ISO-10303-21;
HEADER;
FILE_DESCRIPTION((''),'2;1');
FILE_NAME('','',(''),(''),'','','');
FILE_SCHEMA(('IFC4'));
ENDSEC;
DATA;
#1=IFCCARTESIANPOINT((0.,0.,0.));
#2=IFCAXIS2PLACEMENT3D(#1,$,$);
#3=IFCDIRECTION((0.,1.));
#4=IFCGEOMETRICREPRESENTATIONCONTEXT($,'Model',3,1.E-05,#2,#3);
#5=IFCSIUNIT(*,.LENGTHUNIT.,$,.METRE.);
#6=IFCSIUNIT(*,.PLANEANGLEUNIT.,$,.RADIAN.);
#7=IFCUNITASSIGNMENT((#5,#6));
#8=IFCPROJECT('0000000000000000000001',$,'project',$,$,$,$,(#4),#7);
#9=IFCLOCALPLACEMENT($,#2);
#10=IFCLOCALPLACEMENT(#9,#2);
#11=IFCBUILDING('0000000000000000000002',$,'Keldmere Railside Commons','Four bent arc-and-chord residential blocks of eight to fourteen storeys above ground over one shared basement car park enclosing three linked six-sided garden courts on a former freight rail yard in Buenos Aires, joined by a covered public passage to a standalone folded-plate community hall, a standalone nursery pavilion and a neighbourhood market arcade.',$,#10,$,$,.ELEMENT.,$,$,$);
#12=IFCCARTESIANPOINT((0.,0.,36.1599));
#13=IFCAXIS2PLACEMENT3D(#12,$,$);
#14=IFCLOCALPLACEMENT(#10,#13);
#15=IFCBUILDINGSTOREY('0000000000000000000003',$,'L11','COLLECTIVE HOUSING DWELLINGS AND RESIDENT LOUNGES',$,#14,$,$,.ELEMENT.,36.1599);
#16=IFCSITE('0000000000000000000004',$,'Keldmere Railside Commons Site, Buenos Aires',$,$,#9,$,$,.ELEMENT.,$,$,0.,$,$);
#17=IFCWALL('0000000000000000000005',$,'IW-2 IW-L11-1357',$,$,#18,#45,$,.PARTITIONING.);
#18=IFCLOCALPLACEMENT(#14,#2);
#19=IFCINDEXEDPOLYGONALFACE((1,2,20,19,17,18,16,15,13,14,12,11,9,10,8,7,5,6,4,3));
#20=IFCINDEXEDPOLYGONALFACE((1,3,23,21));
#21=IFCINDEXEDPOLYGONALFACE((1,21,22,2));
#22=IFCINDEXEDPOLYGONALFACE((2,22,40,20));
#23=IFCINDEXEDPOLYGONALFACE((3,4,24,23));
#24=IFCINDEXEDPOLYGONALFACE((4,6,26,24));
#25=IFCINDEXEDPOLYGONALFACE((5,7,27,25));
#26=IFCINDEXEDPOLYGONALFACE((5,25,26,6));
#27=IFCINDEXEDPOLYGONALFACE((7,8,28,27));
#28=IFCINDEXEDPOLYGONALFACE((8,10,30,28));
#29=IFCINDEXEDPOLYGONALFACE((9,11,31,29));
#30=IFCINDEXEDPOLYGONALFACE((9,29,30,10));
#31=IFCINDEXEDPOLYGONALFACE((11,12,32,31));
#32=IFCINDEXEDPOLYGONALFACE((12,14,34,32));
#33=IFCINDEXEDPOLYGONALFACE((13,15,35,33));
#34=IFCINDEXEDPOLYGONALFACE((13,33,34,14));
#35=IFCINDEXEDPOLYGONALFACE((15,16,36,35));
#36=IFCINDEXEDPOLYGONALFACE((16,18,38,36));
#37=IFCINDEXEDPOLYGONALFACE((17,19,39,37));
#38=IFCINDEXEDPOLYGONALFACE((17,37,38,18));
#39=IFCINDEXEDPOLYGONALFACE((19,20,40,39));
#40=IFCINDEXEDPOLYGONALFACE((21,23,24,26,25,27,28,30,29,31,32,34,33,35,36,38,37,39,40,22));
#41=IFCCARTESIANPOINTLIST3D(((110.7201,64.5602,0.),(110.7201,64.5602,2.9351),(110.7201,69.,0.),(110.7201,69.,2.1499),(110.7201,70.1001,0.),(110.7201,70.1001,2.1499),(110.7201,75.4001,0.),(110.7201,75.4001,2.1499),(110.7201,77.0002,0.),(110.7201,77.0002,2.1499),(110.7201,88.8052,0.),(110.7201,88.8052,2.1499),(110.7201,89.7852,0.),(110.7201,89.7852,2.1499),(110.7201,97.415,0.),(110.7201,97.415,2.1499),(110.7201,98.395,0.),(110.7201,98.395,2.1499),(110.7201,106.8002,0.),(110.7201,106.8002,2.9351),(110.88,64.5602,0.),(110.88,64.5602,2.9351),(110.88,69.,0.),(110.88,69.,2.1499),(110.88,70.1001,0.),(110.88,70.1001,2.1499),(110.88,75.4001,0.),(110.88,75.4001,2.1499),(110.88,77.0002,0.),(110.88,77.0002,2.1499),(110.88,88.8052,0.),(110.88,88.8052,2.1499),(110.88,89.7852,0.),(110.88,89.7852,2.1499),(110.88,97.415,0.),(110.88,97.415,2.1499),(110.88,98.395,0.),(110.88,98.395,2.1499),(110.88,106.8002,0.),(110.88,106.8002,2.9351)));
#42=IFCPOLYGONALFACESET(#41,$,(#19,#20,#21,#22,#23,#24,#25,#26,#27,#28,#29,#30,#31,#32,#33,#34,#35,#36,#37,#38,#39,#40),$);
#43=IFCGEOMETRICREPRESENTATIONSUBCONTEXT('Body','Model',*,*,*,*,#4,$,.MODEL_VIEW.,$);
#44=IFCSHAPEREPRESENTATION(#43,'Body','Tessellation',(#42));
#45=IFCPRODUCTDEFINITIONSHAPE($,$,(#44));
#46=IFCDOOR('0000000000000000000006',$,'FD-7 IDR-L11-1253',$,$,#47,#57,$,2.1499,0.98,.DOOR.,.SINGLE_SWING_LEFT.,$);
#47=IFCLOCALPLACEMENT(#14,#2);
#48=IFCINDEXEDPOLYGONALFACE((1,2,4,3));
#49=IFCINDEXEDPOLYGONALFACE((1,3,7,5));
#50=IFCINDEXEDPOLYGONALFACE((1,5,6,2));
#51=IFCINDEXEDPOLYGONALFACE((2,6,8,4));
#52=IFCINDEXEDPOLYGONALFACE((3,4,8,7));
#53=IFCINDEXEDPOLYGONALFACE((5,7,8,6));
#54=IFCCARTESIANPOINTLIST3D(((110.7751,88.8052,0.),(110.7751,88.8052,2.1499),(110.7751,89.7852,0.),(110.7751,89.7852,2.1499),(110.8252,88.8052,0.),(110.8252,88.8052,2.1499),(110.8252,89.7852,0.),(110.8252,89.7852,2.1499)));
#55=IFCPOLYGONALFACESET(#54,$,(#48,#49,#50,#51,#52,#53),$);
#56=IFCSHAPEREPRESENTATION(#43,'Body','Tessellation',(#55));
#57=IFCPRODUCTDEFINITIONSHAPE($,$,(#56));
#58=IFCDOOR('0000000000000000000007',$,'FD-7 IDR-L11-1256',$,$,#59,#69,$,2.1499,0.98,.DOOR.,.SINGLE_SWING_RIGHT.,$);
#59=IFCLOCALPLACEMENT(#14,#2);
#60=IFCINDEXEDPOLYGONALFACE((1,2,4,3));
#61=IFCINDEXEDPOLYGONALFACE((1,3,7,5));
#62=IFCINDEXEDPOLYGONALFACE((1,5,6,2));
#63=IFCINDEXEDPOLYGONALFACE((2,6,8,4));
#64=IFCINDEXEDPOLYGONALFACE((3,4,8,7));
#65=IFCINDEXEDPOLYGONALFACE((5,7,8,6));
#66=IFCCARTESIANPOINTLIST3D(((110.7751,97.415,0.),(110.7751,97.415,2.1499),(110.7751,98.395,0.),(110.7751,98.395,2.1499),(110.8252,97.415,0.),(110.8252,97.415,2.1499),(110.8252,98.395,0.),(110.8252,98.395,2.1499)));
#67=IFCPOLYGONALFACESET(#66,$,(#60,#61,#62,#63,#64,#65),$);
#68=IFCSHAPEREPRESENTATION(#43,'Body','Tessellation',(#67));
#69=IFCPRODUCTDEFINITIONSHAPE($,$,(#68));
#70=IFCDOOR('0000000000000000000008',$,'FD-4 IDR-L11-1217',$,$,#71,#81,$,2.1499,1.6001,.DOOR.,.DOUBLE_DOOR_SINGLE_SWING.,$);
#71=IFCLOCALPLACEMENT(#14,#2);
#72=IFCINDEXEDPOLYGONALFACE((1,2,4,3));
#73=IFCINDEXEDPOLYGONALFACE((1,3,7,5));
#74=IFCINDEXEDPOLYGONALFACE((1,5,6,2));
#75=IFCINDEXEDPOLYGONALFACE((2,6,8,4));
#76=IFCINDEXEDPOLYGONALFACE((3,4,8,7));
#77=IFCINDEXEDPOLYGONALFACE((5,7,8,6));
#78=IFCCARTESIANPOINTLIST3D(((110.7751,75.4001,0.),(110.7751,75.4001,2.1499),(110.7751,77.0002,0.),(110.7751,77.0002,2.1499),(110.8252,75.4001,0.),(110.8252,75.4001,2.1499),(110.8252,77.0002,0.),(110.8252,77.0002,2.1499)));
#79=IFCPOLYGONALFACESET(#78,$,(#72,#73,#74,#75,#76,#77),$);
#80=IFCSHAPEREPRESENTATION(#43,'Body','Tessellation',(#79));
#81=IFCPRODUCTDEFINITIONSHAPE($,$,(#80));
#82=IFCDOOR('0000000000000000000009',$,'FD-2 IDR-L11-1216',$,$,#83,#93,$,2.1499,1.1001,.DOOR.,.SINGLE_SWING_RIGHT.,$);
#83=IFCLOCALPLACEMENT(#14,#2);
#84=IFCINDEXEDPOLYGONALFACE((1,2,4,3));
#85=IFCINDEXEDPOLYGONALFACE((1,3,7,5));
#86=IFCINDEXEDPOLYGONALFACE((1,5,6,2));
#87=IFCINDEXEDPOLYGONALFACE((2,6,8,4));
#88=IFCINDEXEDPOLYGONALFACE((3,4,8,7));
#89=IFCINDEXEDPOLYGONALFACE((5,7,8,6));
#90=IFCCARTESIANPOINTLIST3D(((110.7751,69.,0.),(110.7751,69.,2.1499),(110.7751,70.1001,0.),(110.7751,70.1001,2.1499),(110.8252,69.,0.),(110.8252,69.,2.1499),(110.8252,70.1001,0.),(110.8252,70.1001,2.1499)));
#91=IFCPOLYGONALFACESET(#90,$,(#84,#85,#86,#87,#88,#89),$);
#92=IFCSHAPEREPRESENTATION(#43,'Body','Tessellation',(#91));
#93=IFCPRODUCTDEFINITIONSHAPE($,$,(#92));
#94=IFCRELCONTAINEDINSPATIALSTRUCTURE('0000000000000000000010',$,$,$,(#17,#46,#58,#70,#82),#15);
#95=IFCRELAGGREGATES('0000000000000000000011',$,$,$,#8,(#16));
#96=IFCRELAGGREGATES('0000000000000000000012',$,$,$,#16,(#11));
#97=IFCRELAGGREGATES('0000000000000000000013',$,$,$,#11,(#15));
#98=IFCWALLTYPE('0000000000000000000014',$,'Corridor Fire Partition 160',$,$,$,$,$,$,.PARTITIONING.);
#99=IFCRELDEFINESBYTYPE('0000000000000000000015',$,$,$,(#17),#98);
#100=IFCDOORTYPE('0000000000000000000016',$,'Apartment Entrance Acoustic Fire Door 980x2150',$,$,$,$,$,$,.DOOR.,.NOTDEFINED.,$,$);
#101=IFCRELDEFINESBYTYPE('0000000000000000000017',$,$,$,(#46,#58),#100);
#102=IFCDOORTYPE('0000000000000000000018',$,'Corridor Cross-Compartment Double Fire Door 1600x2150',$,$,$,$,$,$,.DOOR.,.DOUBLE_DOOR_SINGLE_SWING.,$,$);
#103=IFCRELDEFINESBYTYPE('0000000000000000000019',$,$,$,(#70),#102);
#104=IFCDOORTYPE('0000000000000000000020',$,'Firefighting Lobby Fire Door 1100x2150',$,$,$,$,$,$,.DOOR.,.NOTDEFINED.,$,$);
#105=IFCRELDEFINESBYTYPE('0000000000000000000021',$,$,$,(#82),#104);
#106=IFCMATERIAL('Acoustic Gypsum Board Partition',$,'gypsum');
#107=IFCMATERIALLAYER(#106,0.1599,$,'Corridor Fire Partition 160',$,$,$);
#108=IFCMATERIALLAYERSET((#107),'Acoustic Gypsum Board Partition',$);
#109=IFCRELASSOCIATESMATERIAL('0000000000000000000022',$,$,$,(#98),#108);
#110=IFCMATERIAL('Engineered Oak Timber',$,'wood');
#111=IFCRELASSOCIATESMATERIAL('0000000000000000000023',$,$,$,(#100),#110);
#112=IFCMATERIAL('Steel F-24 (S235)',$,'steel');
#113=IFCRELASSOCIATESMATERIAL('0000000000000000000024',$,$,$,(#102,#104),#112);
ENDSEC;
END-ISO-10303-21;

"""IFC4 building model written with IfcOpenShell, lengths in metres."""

from ifc_helpers import new_model, si_unit, direction, frame, frame_2d, origin, place, context, subcontext, project, spatial, rectangle, extrude, material, layer, layer_set, type_object, element, fill, save


model = new_model("IFC4")

# Units and contexts
model_context = context("Model", 3, precision=1e-05, world=origin(), true_north=direction((0.0, 1.0)))
body_context = subcontext(model_context, "Body", "Model", "MODEL_VIEW")
ifc_project = project(units=[si_unit("LENGTHUNIT", "METRE"), si_unit("PLANEANGLEUNIT", "RADIAN")], contexts=[model_context])

# Site, building, storey
site_placement = place(None, origin())
site = spatial("IfcSite", under=ifc_project, at=site_placement, Name="Keldmere Railside Commons Site, Buenos Aires", CompositionType="ELEMENT", RefElevation=0.0)
building_placement = place(site_placement, origin())
building = spatial("IfcBuilding", under=site, at=building_placement, Name="Keldmere Railside Commons", Description="Four bent arc-and-chord residential blocks of eight to fourteen storeys above ground over one shared basement car park enclosing three linked six-sided garden courts on a former freight rail yard in Buenos Aires, joined by a covered public passage to a standalone folded-plate community hall, a standalone nursery pavilion and a neighbourhood market arcade.", CompositionType="ELEMENT")
storey_placement = place(building_placement, frame((0.0, 0.0, 36.1599)))
storey = spatial("IfcBuildingStorey", under=building, at=storey_placement, Name="L11", Description="COLLECTIVE HOUSING DWELLINGS AND RESIDENT LOUNGES", CompositionType="ELEMENT", Elevation=36.1599)

# Wall, openings, doors
ifc_material_1 = material(Name="Acoustic Gypsum Board Partition", Category="gypsum")
ifc_material_2 = material(Name="Engineered Oak Timber", Category="wood")
ifc_layer_1 = layer(ifc_material_1, 0.1599, Name="Corridor Fire Partition 160")
ifc_layer_set_1 = layer_set([ifc_layer_1], Name="Acoustic Gypsum Board Partition")
wall_type_1 = type_object("IfcWallType", Name="Corridor Fire Partition 160", PredefinedType="PARTITIONING", material=ifc_layer_set_1)
wall_1_placement = place(storey_placement, frame((110.8, 64.5601, 0.0), z_axis=(0.0, 0.0, 1.0), x_axis=(0.0, 1.0, 0.0)))
wall_1 = element("IfcWall", 1, at=wall_1_placement, inside=storey, type_object=wall_type_1, Name="IW-2 IW-L11-1357", PredefinedType="PARTITIONING", context=body_context, shape_type="SweptSolid", body=[
    extrude(rectangle(XDim=42.24, YDim=0.1599, at=frame_2d((21.1201, 0.0))), origin(), (0.0, 0.0, 1.0), 2.9351),
])
opening_1_placement = place(wall_1_placement, frame((4.4399, 0.0, 0.0)))
opening_1 = element("IfcOpeningElement", 2, at=opening_1_placement, cuts=wall_1, PredefinedType="OPENING", context=body_context, shape_type="SweptSolid", body=[
    extrude(rectangle(XDim=1.1001, YDim=2.1499, at=frame_2d((0.55, 1.075))), frame((0.0, 0.0898, 0.0), z_axis=(0.0, -1.0, 0.0), x_axis=(1.0, 0.0, 0.0)), (0.0, 0.0, 1.0), 0.1799),
])
opening_2_placement = place(wall_1_placement, frame((10.8401, 0.0, 0.0)))
opening_2 = element("IfcOpeningElement", 3, at=opening_2_placement, cuts=wall_1, PredefinedType="OPENING", context=body_context, shape_type="SweptSolid", body=[
    extrude(rectangle(XDim=1.6001, YDim=2.1499, at=frame_2d((0.8, 1.075))), frame((0.0, 0.0898, 0.0), z_axis=(0.0, -1.0, 0.0), x_axis=(1.0, 0.0, 0.0)), (0.0, 0.0, 1.0), 0.1799),
])
opening_3_placement = place(wall_1_placement, frame((24.2451, 0.0, 0.0)))
opening_3 = element("IfcOpeningElement", 4, at=opening_3_placement, cuts=wall_1, PredefinedType="OPENING", context=body_context, shape_type="SweptSolid", body=[
    extrude(rectangle(XDim=0.98, YDim=2.1499, at=frame_2d((0.49, 1.075))), frame((0.0, 0.0898, 0.0), z_axis=(0.0, -1.0, 0.0), x_axis=(1.0, 0.0, 0.0)), (0.0, 0.0, 1.0), 0.1799),
])
opening_4_placement = place(wall_1_placement, frame((32.855, 0.0, 0.0)))
opening_4 = element("IfcOpeningElement", 5, at=opening_4_placement, cuts=wall_1, PredefinedType="OPENING", context=body_context, shape_type="SweptSolid", body=[
    extrude(rectangle(XDim=0.98, YDim=2.1499, at=frame_2d((0.49, 1.075))), frame((0.0, 0.0898, 0.0), z_axis=(0.0, -1.0, 0.0), x_axis=(1.0, 0.0, 0.0)), (0.0, 0.0, 1.0), 0.1799),
])
door_type_1 = type_object("IfcDoorType", Name="Apartment Entrance Acoustic Fire Door 980x2150", OperationType="NOTDEFINED", PredefinedType="DOOR", material=ifc_material_2)
door_1_placement = place(opening_3_placement, origin())
door_1 = element("IfcDoor", 6, at=door_1_placement, inside=storey, type_object=door_type_1, Name="FD-7 IDR-L11-1253", OperationType="SINGLE_SWING_LEFT", OverallHeight=2.1499, OverallWidth=0.98, PredefinedType="DOOR", context=body_context, shape_type="SweptSolid", body=[
    extrude(rectangle(XDim=0.98, YDim=2.1499, at=frame_2d((0.49, 1.075))), frame((0.0, 0.0249, 0.0), z_axis=(0.0, -1.0, 0.0), x_axis=(1.0, 0.0, 0.0)), (0.0, 0.0, 1.0), 0.05),
])
fill(opening_3, door_1)
door_2_placement = place(opening_4_placement, origin())
door_2 = element("IfcDoor", 7, at=door_2_placement, inside=storey, type_object=door_type_1, Name="FD-7 IDR-L11-1256", OperationType="SINGLE_SWING_RIGHT", OverallHeight=2.1499, OverallWidth=0.98, PredefinedType="DOOR", context=body_context, shape_type="SweptSolid", body=[
    extrude(rectangle(XDim=0.98, YDim=2.1499, at=frame_2d((0.49, 1.075))), frame((0.0, 0.0249, 0.0), z_axis=(0.0, -1.0, 0.0), x_axis=(1.0, 0.0, 0.0)), (0.0, 0.0, 1.0), 0.05),
])
fill(opening_4, door_2)
ifc_material_3 = material(Name="Steel F-24 (S235)", Category="steel")
door_type_2 = type_object("IfcDoorType", Name="Corridor Cross-Compartment Double Fire Door 1600x2150", OperationType="DOUBLE_DOOR_SINGLE_SWING", PredefinedType="DOOR", material=ifc_material_3)
door_3_placement = place(opening_2_placement, origin())
door_3 = element("IfcDoor", 8, at=door_3_placement, inside=storey, type_object=door_type_2, Name="FD-4 IDR-L11-1217", OperationType="DOUBLE_DOOR_SINGLE_SWING", OverallHeight=2.1499, OverallWidth=1.6001, PredefinedType="DOOR", context=body_context, shape_type="SweptSolid", body=[
    extrude(rectangle(XDim=1.6001, YDim=2.1499, at=frame_2d((0.8, 1.075))), frame((0.0, 0.0249, 0.0), z_axis=(0.0, -1.0, 0.0), x_axis=(1.0, 0.0, 0.0)), (0.0, 0.0, 1.0), 0.05),
])
fill(opening_2, door_3)
door_type_3 = type_object("IfcDoorType", Name="Firefighting Lobby Fire Door 1100x2150", OperationType="NOTDEFINED", PredefinedType="DOOR", material=ifc_material_3)
door_4_placement = place(opening_1_placement, origin())
door_4 = element("IfcDoor", 9, at=door_4_placement, inside=storey, type_object=door_type_3, Name="FD-2 IDR-L11-1216", OperationType="SINGLE_SWING_RIGHT", OverallHeight=2.1499, OverallWidth=1.1001, PredefinedType="DOOR", context=body_context, shape_type="SweptSolid", body=[
    extrude(rectangle(XDim=1.1001, YDim=2.1499, at=frame_2d((0.55, 1.075))), frame((0.0, 0.0249, 0.0), z_axis=(0.0, -1.0, 0.0), x_axis=(1.0, 0.0, 0.0)), (0.0, 0.0, 1.0), 0.05),
])
fill(opening_1, door_4)

save(model, "model.ifc")
